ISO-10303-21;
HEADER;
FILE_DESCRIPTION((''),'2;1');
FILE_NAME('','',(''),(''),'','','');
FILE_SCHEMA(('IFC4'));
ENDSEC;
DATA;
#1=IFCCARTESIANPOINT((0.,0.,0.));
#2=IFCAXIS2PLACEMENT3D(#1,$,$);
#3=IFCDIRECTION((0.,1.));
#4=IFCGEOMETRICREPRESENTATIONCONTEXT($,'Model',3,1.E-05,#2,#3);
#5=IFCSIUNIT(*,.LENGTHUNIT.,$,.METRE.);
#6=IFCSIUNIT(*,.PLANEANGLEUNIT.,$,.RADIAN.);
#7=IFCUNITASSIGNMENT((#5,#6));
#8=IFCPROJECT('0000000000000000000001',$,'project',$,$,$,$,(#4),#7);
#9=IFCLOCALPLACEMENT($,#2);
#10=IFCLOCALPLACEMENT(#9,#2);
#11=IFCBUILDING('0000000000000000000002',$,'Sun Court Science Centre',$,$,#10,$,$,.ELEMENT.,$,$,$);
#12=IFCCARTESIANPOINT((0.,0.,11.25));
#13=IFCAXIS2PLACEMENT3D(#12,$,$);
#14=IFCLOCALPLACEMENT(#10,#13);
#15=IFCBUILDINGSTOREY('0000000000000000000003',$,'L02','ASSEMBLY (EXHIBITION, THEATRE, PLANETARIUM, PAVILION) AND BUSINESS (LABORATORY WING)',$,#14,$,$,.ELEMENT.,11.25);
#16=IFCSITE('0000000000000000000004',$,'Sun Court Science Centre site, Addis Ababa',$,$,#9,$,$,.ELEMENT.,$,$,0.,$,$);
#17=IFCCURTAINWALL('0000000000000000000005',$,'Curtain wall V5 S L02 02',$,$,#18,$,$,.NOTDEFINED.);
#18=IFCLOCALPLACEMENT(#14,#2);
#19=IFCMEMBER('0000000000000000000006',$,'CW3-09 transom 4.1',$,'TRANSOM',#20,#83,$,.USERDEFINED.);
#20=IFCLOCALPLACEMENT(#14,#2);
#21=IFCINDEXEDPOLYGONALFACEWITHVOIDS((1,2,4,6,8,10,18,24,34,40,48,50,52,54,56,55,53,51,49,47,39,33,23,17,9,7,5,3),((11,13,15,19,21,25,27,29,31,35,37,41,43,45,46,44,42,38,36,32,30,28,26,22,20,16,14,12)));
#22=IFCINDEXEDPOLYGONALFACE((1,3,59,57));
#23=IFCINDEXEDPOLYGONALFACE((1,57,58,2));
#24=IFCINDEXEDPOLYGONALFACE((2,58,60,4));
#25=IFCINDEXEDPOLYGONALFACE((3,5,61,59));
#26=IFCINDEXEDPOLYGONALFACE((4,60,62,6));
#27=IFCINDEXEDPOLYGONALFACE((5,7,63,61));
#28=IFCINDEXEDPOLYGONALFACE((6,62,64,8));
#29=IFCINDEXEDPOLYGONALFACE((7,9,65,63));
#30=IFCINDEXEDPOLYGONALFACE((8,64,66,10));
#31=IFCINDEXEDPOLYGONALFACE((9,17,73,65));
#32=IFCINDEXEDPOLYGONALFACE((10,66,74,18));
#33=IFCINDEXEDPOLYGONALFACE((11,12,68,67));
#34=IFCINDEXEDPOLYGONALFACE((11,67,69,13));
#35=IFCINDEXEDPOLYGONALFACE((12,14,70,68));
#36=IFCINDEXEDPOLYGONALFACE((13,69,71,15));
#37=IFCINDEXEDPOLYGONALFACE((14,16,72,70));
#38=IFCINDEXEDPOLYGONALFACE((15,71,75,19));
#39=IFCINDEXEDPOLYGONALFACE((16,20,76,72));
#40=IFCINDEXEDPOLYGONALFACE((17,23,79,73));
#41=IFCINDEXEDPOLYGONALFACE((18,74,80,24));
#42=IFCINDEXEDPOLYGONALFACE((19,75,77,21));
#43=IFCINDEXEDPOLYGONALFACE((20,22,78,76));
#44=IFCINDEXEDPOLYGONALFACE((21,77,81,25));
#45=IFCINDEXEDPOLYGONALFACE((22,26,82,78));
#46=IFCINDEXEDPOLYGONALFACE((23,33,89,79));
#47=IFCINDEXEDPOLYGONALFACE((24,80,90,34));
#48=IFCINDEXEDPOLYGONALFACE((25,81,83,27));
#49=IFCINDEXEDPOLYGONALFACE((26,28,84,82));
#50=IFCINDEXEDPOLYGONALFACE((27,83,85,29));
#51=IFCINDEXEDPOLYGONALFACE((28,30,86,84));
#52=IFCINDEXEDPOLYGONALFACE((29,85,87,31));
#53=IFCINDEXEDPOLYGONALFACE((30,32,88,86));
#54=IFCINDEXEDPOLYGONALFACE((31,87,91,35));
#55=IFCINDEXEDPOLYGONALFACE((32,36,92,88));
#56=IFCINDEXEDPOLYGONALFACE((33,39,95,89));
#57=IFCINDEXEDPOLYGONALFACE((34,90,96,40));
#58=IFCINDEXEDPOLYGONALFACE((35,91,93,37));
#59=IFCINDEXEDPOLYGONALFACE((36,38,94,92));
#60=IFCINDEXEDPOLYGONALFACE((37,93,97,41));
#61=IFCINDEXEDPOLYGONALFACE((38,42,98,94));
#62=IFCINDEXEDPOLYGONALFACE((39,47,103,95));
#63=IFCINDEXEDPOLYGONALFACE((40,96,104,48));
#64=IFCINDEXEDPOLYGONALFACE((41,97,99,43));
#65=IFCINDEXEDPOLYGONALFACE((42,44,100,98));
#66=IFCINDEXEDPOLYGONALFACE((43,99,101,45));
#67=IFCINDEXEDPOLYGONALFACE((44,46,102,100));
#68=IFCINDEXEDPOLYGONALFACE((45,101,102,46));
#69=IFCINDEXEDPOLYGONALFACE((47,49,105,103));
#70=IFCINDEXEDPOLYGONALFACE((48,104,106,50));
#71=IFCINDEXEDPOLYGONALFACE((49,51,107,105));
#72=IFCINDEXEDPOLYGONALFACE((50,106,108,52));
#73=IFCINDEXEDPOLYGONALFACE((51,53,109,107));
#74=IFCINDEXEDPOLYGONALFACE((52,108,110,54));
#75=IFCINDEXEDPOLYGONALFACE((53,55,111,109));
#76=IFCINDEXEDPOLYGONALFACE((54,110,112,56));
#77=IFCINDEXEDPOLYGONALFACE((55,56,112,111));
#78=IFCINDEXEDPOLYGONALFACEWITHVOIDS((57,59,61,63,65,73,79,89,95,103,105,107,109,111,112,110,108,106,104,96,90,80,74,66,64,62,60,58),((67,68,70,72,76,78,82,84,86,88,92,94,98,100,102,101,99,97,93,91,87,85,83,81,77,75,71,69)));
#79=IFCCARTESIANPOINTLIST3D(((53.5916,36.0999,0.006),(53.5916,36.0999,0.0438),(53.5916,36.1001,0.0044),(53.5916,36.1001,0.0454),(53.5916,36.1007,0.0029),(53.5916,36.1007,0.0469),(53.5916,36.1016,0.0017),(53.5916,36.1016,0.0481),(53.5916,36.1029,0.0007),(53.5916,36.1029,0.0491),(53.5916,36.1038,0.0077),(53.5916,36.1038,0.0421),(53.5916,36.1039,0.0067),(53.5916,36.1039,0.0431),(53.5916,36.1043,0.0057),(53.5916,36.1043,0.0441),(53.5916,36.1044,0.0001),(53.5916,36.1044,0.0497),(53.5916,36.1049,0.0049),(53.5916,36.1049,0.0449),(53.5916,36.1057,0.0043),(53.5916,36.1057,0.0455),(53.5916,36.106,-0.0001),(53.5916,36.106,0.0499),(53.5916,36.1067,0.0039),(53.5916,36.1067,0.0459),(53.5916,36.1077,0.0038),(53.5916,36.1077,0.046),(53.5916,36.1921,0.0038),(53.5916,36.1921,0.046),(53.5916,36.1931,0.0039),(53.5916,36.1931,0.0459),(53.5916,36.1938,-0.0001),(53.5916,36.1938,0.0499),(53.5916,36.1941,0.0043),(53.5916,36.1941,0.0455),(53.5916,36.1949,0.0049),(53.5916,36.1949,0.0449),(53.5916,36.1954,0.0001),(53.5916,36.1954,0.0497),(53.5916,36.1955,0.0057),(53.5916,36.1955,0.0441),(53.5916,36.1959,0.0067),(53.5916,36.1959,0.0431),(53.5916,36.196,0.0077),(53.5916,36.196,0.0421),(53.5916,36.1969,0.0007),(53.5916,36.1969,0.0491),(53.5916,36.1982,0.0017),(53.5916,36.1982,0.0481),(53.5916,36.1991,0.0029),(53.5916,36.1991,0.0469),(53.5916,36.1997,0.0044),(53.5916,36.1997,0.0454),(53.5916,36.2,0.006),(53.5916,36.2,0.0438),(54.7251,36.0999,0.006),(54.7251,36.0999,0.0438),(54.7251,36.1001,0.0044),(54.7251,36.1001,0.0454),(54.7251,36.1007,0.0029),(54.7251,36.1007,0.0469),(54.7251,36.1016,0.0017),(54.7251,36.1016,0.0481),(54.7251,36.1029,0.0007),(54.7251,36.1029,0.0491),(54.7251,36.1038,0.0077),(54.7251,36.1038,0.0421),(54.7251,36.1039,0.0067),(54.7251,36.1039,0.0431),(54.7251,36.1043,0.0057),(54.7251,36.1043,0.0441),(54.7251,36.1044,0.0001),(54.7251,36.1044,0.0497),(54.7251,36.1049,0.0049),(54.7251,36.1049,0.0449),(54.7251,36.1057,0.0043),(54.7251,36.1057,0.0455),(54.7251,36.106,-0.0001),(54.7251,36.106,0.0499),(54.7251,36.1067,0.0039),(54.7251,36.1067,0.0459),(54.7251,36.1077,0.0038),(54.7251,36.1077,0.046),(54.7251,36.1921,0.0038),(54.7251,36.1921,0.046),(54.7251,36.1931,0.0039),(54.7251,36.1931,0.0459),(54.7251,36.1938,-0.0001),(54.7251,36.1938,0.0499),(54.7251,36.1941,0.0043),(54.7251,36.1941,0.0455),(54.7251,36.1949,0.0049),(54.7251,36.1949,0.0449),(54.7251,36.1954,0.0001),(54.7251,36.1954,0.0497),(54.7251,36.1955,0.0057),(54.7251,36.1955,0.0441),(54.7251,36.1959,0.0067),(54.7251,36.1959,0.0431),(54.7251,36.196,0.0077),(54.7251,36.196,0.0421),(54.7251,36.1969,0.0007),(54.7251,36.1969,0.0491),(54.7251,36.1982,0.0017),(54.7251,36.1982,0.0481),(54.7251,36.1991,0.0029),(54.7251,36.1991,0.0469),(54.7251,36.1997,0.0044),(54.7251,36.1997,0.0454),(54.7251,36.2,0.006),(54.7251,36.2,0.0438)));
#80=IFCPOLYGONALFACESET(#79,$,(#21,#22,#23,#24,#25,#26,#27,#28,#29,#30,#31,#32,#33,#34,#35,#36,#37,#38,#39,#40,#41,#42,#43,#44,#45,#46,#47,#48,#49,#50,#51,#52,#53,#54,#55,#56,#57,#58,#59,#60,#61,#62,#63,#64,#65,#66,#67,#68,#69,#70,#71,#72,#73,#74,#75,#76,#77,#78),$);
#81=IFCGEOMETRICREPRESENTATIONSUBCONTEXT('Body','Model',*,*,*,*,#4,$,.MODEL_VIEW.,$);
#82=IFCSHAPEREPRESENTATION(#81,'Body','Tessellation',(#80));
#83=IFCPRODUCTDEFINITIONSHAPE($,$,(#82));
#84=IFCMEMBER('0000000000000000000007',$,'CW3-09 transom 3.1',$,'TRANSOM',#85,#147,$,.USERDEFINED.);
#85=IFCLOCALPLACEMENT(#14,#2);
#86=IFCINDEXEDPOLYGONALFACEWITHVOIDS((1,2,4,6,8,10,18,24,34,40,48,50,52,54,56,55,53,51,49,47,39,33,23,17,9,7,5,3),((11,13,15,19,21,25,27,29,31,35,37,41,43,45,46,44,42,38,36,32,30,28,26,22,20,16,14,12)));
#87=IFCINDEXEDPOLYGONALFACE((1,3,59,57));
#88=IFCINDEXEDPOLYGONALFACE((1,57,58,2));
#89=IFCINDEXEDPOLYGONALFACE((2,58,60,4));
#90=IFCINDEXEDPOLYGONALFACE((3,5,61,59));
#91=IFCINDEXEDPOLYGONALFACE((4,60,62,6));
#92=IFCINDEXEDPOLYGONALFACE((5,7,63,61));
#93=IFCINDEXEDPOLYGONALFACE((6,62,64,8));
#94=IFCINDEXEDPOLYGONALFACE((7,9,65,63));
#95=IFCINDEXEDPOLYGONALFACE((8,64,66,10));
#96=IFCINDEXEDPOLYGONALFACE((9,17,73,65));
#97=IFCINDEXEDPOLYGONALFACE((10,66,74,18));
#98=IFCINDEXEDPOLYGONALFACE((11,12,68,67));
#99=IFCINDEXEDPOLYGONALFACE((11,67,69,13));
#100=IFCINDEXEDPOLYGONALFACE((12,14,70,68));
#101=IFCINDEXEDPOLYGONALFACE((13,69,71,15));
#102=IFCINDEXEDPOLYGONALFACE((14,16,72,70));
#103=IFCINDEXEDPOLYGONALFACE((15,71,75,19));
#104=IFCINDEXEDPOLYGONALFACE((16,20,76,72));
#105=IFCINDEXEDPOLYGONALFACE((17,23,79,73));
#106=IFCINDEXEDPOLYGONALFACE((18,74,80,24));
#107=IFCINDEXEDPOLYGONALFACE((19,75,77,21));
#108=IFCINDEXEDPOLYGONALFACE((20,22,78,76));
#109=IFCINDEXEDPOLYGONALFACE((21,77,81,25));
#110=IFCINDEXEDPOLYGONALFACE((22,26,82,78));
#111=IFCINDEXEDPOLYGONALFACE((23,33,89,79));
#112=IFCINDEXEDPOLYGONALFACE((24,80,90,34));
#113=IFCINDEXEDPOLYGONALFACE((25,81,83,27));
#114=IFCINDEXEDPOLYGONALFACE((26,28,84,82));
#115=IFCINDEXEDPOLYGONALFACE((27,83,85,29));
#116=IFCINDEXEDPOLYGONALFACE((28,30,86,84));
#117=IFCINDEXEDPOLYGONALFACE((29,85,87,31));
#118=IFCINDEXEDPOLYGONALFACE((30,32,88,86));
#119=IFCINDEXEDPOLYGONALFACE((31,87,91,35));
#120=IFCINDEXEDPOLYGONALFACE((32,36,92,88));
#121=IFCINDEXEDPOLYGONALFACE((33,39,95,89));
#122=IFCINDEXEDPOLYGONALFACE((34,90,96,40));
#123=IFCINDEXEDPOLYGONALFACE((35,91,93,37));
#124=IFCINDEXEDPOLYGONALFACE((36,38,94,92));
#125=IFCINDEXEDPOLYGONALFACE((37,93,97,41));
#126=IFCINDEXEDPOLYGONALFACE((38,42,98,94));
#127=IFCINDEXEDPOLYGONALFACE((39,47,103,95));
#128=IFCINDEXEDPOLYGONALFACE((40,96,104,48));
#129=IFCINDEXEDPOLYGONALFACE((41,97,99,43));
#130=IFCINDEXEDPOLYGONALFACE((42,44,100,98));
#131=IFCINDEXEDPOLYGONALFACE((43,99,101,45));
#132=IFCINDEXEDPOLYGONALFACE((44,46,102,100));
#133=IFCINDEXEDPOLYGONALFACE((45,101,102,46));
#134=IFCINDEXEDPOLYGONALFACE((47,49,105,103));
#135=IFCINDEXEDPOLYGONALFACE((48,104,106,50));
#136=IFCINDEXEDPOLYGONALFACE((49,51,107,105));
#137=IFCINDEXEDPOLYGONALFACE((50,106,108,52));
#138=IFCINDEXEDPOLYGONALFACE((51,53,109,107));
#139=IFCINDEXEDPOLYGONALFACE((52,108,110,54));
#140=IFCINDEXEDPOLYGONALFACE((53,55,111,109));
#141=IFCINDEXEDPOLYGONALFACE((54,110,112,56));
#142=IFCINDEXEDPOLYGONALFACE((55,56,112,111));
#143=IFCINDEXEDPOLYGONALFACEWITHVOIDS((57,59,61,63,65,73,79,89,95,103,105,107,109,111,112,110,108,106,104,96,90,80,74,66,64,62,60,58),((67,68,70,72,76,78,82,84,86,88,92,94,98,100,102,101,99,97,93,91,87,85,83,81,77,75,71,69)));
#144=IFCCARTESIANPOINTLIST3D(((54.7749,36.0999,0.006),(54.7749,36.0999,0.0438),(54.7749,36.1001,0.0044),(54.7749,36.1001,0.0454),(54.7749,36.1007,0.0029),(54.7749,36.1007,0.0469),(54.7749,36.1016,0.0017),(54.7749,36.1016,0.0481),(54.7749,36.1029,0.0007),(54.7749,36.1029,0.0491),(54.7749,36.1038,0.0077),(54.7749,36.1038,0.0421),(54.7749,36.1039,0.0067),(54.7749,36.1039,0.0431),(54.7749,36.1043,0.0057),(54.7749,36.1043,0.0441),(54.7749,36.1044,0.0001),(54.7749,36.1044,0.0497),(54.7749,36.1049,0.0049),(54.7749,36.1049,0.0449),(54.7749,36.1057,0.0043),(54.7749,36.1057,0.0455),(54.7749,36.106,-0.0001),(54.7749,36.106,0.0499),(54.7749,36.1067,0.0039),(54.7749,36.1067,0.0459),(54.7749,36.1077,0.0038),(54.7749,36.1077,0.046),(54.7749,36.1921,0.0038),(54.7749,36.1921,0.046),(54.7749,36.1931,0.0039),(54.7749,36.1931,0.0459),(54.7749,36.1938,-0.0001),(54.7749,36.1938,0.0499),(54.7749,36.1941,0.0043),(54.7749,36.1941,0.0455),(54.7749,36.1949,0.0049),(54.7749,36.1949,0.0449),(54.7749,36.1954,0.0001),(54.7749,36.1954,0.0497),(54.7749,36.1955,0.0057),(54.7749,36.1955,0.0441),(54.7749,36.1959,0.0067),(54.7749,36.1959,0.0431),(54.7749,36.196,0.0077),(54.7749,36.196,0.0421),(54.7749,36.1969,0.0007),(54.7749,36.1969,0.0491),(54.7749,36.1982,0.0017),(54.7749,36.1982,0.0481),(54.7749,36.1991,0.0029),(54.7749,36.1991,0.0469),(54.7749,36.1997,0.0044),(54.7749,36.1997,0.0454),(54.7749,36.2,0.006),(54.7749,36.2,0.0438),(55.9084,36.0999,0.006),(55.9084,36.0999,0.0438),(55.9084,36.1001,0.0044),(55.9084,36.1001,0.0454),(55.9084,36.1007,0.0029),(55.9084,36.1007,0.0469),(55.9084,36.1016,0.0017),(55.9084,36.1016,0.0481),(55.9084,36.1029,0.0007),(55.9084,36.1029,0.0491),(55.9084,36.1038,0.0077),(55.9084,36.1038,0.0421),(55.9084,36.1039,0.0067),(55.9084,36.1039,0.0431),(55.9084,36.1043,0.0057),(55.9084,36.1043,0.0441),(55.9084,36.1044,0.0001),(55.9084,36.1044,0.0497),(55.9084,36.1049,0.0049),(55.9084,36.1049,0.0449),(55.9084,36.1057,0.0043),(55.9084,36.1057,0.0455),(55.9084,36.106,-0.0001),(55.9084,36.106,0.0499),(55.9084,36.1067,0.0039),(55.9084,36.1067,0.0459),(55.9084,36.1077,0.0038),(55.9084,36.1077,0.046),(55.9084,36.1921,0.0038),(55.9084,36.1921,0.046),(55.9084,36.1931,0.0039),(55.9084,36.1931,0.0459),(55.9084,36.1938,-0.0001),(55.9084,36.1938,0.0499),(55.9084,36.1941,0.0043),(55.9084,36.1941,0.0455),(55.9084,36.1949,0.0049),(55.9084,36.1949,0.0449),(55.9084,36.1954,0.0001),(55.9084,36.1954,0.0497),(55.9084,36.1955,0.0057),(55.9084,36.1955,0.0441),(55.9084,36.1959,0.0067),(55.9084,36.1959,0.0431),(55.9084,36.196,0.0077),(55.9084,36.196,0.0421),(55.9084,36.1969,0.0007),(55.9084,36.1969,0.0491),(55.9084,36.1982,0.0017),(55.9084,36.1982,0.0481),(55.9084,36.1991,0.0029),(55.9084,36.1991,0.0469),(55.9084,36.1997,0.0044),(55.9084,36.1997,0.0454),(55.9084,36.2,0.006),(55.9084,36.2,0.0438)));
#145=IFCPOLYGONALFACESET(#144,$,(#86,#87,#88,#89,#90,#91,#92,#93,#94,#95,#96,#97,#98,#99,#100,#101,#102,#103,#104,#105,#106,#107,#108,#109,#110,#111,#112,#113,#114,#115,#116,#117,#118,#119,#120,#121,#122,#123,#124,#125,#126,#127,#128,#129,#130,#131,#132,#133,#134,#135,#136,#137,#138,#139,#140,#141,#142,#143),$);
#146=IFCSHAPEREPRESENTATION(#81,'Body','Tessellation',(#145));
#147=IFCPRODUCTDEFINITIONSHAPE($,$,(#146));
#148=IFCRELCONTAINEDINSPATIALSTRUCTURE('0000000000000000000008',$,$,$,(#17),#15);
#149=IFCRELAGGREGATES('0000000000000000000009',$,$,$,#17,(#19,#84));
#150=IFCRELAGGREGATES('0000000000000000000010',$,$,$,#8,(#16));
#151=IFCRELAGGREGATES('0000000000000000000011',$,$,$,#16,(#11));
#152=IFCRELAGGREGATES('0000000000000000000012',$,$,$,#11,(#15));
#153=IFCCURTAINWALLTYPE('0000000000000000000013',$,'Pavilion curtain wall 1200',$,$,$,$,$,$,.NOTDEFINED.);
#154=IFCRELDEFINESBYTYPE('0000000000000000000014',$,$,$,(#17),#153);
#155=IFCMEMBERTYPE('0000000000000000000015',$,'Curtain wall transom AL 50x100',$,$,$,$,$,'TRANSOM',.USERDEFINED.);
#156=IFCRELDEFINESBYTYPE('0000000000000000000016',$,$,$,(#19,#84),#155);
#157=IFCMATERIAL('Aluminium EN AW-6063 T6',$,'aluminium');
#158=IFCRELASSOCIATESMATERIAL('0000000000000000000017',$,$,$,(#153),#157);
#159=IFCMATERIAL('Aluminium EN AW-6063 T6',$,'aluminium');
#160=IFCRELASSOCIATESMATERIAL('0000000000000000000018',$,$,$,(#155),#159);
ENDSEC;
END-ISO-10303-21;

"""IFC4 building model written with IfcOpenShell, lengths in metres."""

from ifc_helpers import new_model, si_unit, direction, frame, origin, origin_2d, place, context, subcontext, project, spatial, hollow_rectangle, extrude, material, material_profile, profile_set, type_object, element, aggregate, save


model = new_model("IFC4")

# Units and contexts
model_context = context("Model", 3, precision=1e-05, world=origin(), true_north=direction((0.0, 1.0)))
body_context = subcontext(model_context, "Body", "Model", "MODEL_VIEW")
ifc_project = project(units=[si_unit("LENGTHUNIT", "METRE"), si_unit("PLANEANGLEUNIT", "RADIAN")], contexts=[model_context])

# Site, building, storey
site_placement = place(None, origin())
site = spatial("IfcSite", under=ifc_project, at=site_placement, Name="Sun Court Science Centre site, Addis Ababa", CompositionType="ELEMENT", RefElevation=0.0)
building_placement = place(site_placement, origin())
building = spatial("IfcBuilding", under=site, at=building_placement, Name="Sun Court Science Centre", CompositionType="ELEMENT")
storey_placement = place(building_placement, frame((0.0, 0.0, 11.25)))
storey = spatial("IfcBuildingStorey", under=building, at=storey_placement, Name="L02", Description="ASSEMBLY (EXHIBITION, THEATRE, PLANETARIUM, PAVILION) AND BUSINESS (LABORATORY WING)", CompositionType="ELEMENT", Elevation=11.25)

# Curtain wall, members
ifc_material_1 = material(Name="Aluminium EN AW-6063 T6", Category="aluminium")
curtain_wall_type = type_object("IfcCurtainWallType", Name="Pavilion curtain wall 1200", PredefinedType="NOTDEFINED", material=ifc_material_1)
curtain_wall_placement = place(storey_placement, origin())
curtain_wall = element("IfcCurtainWall", 1, at=curtain_wall_placement, inside=storey, type_object=curtain_wall_type, Name="Curtain wall V5 S L02 02", PredefinedType="NOTDEFINED")
ifc_material_2 = material(Name="Aluminium EN AW-6063 T6", Category="aluminium")
ifc_material_profile_1 = material_profile(ifc_material_2, hollow_rectangle(XDim=0.05, YDim=0.1001, WallThickness=0.0039, InnerFilletRadius=0.0039, OuterFilletRadius=0.0061, at=origin_2d()), Name="AL 50x100x4")
ifc_profile_set_1 = profile_set([ifc_material_profile_1], Name="Aluminium EN AW-6063 T6")
member_type_1 = type_object("IfcMemberType", Name="Curtain wall transom AL 50x100", ElementType="TRANSOM", PredefinedType="USERDEFINED", material=ifc_profile_set_1)
member_1_placement = place(storey_placement, frame((54.7251, 36.1499, 0.0249), z_axis=(-1.0, 0.0, 0.0), x_axis=(0.0, 0.0, 1.0)))
member_1 = element("IfcMember", 2, at=member_1_placement, type_object=member_type_1, Name="CW3-09 transom 4.1", ObjectType="TRANSOM", PredefinedType="USERDEFINED", context=body_context, shape_type="SweptSolid", body=[
    extrude(hollow_rectangle(XDim=0.05, YDim=0.1001, WallThickness=0.0039, InnerFilletRadius=0.0039, OuterFilletRadius=0.0061, at=origin_2d()), origin(), (0.0, 0.0, 1.0), 1.1335),
])
member_2_placement = place(storey_placement, frame((55.9084, 36.1499, 0.0249), z_axis=(-1.0, 0.0, 0.0), x_axis=(0.0, 0.0, 1.0)))
member_2 = element("IfcMember", 3, at=member_2_placement, type_object=member_type_1, Name="CW3-09 transom 3.1", ObjectType="TRANSOM", PredefinedType="USERDEFINED", context=body_context, shape_type="SweptSolid", body=[
    extrude(hollow_rectangle(XDim=0.05, YDim=0.1001, WallThickness=0.0039, InnerFilletRadius=0.0039, OuterFilletRadius=0.0061, at=origin_2d()), origin(), (0.0, 0.0, 1.0), 1.1335),
])
aggregate(curtain_wall, [member_1, member_2])

save(model, "model.ifc")
